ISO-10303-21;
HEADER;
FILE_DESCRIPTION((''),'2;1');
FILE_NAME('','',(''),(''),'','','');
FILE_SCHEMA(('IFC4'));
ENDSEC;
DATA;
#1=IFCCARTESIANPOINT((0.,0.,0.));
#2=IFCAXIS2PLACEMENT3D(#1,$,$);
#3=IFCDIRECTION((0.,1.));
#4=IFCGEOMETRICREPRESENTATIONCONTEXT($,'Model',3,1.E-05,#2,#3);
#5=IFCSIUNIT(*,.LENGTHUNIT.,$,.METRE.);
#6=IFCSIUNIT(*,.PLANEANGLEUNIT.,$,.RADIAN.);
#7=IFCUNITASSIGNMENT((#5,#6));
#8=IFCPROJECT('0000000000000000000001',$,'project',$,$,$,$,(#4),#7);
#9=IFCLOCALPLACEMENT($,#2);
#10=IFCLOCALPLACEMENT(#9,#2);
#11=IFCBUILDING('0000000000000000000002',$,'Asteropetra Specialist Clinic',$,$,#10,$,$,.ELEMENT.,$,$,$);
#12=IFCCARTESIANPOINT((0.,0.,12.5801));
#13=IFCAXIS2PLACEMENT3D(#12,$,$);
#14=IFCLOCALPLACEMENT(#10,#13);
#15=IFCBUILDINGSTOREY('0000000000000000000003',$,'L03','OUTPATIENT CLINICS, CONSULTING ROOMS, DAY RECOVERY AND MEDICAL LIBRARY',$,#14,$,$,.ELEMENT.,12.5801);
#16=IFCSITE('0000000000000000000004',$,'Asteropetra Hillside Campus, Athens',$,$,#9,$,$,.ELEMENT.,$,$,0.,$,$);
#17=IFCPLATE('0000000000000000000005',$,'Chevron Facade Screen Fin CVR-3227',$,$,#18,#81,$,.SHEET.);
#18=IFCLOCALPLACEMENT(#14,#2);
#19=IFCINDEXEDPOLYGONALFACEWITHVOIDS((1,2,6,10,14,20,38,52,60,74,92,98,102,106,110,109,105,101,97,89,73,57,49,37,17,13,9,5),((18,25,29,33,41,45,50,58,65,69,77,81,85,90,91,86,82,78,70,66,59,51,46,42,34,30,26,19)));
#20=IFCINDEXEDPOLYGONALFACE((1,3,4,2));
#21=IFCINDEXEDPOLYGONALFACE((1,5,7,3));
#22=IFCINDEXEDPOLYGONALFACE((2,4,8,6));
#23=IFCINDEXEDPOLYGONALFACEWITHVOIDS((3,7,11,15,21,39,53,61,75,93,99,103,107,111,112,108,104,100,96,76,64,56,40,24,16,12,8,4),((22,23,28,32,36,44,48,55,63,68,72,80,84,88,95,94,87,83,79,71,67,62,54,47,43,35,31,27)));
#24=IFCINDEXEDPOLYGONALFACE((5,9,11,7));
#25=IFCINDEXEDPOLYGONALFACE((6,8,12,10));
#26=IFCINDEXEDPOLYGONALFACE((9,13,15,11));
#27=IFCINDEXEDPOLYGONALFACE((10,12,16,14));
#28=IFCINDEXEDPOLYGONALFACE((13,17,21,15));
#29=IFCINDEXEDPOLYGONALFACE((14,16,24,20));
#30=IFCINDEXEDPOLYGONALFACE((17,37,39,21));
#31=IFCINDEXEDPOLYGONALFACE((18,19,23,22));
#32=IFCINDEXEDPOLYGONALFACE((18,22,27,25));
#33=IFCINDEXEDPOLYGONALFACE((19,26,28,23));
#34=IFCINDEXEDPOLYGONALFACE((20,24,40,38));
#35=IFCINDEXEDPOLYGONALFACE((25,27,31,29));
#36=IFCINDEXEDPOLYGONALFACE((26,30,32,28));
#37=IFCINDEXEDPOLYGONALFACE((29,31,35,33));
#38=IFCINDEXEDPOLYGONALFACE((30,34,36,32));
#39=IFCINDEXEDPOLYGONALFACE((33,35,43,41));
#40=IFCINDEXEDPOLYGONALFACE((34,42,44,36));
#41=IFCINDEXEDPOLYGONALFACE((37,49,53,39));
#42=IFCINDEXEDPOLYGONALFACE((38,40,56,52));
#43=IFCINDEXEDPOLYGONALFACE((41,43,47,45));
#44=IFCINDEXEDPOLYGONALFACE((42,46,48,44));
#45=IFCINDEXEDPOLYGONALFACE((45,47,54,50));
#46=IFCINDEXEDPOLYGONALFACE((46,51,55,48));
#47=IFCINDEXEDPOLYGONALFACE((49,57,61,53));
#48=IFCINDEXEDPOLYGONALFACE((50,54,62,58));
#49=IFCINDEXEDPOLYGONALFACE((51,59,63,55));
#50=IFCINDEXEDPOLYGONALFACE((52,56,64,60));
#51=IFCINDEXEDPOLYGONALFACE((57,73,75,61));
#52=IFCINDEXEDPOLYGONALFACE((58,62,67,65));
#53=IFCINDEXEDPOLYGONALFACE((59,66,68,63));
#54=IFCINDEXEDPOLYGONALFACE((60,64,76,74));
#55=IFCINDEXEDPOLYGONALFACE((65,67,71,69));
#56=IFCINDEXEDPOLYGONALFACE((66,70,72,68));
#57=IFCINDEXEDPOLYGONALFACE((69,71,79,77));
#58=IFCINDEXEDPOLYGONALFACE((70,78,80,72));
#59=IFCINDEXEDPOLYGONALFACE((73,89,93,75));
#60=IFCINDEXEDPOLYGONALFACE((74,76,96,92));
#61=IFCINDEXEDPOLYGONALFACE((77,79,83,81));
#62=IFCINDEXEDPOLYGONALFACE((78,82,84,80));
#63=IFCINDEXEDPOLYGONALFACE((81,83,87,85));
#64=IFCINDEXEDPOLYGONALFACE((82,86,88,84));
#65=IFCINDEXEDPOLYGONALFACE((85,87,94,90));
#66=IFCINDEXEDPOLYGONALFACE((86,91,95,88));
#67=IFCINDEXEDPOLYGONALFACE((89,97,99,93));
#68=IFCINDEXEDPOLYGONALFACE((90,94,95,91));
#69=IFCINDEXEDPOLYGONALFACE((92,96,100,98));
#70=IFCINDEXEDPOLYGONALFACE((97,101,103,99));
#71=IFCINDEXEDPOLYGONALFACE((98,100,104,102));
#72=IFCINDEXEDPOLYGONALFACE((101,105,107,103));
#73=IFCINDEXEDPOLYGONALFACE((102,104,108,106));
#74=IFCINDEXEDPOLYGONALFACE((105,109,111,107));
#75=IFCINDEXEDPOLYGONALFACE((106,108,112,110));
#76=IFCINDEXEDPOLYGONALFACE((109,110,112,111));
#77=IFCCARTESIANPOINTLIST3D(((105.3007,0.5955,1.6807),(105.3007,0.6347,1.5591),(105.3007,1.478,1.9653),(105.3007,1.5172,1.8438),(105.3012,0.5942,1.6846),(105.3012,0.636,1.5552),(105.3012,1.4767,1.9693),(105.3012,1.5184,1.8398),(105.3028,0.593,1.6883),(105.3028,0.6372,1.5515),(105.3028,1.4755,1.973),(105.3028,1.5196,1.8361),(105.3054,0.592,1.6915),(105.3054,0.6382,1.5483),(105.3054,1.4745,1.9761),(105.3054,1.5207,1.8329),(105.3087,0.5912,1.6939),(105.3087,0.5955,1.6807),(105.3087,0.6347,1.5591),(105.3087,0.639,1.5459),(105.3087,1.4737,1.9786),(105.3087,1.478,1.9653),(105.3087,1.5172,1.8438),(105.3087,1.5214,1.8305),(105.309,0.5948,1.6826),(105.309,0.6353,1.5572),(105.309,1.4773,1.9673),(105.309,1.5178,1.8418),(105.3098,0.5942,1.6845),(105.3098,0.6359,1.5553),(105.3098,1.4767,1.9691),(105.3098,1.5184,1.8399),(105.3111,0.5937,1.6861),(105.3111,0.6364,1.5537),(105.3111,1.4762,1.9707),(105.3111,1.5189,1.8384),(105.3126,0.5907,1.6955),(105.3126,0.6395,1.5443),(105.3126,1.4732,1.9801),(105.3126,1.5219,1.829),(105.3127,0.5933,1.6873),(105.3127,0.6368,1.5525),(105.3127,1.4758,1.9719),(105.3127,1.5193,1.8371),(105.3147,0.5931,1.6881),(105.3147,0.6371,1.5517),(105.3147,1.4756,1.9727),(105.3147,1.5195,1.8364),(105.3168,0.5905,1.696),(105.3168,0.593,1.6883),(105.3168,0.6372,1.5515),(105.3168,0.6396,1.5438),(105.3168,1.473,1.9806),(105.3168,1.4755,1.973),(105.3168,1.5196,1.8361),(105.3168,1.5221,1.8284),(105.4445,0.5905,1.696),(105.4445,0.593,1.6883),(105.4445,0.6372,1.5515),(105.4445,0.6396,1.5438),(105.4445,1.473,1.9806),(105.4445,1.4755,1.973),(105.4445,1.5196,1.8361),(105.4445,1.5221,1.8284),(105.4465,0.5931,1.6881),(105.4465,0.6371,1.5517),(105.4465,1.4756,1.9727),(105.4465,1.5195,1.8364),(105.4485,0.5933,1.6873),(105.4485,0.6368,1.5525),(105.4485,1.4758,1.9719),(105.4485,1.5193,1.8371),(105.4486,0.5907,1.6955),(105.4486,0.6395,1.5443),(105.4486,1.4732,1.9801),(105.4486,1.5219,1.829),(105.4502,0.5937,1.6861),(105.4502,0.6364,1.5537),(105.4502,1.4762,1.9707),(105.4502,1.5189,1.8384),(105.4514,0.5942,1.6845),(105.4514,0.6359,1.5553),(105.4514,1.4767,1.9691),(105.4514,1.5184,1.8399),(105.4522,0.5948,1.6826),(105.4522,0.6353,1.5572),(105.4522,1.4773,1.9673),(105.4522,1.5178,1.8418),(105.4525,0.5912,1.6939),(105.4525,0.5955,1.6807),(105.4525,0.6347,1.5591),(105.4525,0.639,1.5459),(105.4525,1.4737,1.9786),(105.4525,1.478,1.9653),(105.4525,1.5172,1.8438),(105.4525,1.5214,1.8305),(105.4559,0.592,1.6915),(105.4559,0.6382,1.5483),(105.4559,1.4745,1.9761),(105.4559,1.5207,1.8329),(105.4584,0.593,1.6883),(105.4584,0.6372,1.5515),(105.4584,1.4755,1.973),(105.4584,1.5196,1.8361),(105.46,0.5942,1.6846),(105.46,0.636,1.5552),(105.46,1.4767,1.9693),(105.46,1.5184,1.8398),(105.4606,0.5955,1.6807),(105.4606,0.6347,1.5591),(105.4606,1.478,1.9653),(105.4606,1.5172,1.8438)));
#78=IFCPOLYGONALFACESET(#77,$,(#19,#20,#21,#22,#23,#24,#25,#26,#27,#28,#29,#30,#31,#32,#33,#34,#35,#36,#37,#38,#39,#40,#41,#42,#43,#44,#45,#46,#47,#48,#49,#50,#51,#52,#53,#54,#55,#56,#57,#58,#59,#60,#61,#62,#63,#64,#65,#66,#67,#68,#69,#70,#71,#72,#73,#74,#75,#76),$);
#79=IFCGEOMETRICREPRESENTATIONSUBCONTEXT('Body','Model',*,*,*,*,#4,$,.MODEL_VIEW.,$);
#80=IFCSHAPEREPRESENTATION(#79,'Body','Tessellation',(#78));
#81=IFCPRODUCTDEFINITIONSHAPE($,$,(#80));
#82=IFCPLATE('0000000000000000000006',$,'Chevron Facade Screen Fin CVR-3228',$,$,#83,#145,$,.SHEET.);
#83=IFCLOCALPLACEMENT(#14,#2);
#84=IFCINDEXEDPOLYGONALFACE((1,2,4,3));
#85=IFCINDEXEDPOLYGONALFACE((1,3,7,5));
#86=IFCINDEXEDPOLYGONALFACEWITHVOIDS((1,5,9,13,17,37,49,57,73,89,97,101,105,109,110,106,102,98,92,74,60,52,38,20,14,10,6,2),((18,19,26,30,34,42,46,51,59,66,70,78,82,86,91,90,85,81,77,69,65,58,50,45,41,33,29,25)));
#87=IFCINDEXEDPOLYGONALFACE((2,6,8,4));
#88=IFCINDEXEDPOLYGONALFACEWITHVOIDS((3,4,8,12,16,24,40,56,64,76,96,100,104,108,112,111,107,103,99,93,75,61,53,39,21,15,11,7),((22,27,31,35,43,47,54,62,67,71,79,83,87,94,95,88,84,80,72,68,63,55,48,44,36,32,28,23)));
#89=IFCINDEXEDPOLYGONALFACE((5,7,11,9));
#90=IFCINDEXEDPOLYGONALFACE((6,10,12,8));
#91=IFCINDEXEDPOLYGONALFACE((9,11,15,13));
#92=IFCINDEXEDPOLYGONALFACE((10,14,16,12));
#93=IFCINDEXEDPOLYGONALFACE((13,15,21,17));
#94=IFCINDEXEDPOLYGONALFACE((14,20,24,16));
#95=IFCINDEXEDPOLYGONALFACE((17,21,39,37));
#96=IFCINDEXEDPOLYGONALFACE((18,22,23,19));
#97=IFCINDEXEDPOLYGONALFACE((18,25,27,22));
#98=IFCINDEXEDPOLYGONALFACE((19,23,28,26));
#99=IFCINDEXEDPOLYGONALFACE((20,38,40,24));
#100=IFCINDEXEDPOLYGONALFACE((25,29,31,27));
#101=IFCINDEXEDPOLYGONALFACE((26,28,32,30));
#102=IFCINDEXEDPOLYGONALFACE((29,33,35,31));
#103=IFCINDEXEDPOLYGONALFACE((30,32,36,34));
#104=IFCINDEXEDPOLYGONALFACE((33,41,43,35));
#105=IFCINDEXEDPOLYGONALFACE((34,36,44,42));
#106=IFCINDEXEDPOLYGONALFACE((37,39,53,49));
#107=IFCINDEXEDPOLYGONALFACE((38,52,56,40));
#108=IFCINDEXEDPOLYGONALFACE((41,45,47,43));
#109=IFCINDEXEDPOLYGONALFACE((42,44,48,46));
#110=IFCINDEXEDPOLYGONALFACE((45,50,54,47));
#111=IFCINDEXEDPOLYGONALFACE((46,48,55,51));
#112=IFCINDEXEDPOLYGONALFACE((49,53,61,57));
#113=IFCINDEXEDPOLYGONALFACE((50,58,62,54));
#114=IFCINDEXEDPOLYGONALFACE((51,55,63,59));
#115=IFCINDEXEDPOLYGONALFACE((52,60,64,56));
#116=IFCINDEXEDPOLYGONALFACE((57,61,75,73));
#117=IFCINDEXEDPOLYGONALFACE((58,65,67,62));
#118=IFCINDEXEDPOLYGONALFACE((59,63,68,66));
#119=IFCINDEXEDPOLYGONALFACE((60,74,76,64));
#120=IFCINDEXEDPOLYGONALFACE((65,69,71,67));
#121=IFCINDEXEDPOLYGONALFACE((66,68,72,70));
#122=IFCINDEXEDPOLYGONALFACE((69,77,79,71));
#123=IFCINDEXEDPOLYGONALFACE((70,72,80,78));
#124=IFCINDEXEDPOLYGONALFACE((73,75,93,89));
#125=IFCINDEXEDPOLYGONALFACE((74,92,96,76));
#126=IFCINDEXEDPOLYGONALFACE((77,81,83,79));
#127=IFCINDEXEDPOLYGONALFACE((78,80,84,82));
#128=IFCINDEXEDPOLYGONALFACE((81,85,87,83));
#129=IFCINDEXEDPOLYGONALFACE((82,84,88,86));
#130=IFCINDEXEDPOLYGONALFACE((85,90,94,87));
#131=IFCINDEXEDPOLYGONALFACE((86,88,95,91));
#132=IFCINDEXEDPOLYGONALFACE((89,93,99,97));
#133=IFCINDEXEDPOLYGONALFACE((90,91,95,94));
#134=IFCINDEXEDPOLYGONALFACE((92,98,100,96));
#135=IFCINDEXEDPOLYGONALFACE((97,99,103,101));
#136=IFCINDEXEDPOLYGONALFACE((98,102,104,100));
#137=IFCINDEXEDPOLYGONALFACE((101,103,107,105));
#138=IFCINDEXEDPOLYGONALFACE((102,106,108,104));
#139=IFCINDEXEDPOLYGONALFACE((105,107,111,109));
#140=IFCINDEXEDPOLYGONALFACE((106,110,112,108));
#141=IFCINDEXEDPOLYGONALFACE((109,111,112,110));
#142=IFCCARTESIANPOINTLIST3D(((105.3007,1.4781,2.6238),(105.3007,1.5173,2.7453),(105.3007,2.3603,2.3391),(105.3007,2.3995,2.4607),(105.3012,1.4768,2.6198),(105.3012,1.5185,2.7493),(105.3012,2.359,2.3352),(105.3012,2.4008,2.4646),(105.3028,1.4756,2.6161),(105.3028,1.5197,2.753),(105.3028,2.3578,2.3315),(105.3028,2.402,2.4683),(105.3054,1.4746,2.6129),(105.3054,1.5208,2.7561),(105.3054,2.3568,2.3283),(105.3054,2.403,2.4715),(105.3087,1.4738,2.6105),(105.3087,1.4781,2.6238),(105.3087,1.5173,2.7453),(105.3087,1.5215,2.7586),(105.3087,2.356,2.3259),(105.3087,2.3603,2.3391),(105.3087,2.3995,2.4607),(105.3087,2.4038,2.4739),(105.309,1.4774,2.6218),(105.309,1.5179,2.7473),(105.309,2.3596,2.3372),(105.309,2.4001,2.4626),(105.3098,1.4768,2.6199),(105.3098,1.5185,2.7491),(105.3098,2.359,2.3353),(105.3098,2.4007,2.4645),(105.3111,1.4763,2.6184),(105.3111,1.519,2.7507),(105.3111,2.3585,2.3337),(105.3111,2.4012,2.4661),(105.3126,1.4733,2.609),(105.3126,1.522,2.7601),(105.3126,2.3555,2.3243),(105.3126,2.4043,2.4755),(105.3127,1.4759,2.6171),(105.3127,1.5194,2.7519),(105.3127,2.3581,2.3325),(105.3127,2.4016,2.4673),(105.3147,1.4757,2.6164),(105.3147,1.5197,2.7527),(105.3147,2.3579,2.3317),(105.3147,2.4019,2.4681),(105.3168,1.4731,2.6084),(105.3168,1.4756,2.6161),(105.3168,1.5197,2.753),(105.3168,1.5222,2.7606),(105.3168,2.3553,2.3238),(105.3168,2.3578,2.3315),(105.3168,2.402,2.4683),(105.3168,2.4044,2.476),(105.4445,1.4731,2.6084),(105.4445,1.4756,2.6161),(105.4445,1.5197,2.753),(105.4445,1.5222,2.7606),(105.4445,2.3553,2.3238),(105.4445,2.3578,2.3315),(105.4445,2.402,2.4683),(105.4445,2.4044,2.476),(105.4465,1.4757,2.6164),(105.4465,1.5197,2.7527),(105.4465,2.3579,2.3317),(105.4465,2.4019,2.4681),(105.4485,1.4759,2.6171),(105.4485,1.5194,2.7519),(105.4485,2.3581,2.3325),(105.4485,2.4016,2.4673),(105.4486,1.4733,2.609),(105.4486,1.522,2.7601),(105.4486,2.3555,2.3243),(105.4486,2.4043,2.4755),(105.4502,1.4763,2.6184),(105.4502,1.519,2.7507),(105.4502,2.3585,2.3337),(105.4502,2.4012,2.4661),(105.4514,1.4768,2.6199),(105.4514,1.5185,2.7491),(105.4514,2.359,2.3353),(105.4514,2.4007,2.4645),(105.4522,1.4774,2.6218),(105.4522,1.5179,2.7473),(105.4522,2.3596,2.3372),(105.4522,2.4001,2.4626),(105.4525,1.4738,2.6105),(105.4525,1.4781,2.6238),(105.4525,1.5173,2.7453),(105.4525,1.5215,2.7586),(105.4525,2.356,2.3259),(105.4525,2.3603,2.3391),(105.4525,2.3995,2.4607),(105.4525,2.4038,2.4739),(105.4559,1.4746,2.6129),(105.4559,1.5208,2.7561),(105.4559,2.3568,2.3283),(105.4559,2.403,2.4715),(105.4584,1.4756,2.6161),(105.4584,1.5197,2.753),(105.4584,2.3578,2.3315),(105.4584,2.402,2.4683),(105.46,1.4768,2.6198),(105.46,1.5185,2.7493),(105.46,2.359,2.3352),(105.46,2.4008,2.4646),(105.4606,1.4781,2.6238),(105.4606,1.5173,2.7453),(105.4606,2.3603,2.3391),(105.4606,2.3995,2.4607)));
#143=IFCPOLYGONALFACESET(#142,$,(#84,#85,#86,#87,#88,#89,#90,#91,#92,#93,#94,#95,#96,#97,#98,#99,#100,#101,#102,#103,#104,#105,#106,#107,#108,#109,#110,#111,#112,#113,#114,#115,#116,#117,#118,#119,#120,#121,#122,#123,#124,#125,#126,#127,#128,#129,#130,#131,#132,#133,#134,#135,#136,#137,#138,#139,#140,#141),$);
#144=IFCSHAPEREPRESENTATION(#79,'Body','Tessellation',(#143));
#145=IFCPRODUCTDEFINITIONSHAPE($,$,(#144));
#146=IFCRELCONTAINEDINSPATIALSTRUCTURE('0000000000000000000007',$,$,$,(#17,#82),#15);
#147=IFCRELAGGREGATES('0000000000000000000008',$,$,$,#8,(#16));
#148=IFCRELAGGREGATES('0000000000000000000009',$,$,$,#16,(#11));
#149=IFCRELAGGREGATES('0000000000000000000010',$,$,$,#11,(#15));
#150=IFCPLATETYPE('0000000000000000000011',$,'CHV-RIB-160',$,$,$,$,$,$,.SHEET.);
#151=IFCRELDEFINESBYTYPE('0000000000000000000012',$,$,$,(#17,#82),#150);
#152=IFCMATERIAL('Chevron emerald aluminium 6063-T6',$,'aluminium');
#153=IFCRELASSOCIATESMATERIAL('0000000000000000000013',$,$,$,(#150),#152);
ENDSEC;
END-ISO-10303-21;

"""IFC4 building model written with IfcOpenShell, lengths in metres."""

from ifc_helpers import new_model, si_unit, direction, frame, origin, origin_2d, place, context, subcontext, project, spatial, hollow_rectangle, extrude, material, material_profile, profile_set, type_object, element, save


model = new_model("IFC4")

# Units and contexts
model_context = context("Model", 3, precision=1e-05, world=origin(), true_north=direction((0.0, 1.0)))
body_context = subcontext(model_context, "Body", "Model", "MODEL_VIEW")
ifc_project = project(units=[si_unit("LENGTHUNIT", "METRE"), si_unit("PLANEANGLEUNIT", "RADIAN")], contexts=[model_context])

# Site, building, storey
site_placement = place(None, origin())
site = spatial("IfcSite", under=ifc_project, at=site_placement, Name="Asteropetra Hillside Campus, Athens", CompositionType="ELEMENT", RefElevation=0.0)
building_placement = place(site_placement, origin())
building = spatial("IfcBuilding", under=site, at=building_placement, Name="Asteropetra Specialist Clinic", CompositionType="ELEMENT")
storey_placement = place(building_placement, frame((0.0, 0.0, 12.5801)))
storey = spatial("IfcBuildingStorey", under=building, at=storey_placement, Name="L03", Description="OUTPATIENT CLINICS, CONSULTING ROOMS, DAY RECOVERY AND MEDICAL LIBRARY", CompositionType="ELEMENT", Elevation=12.5801)

# Plates
ifc_material_1 = material(Name="Chevron emerald aluminium 6063-T6", Category="aluminium")
ifc_material_profile = material_profile(ifc_material_1, hollow_rectangle(XDim=0.1599, YDim=0.1599, WallThickness=0.0081, InnerFilletRadius=0.0081, OuterFilletRadius=0.0161, at=origin_2d()), Name="SHS 160x160x8.0")
ifc_profile_set = profile_set([ifc_material_profile], Name="Chevron emerald aluminium 6063-T6")
plate_type_1 = type_object("IfcPlateType", Name="CHV-RIB-160", PredefinedType="SHEET", material=ifc_profile_set)
plate_1_placement = place(storey_placement, frame((105.3806, 1.4976, 1.9045), z_axis=(0.0, -0.951719, -0.306972), x_axis=(1.0, 0.0, 0.0)))
element("IfcPlate", 1, at=plate_1_placement, inside=storey, type_object=plate_type_1, Name="Chevron Facade Screen Fin CVR-3227", PredefinedType="SHEET", context=body_context, shape_type="SweptSolid", body=[
    extrude(hollow_rectangle(XDim=0.1599, YDim=0.1599, WallThickness=0.0081, InnerFilletRadius=0.0081, OuterFilletRadius=0.0161, at=origin_2d()), origin(), (0.0, 0.0, 1.0), 0.9272),
])
plate_2_placement = place(storey_placement, frame((105.3806, 2.3799, 2.3999), z_axis=(0.0, -0.951694, 0.307049), x_axis=(1.0, 0.0, 0.0)))
element("IfcPlate", 2, at=plate_2_placement, inside=storey, type_object=plate_type_1, Name="Chevron Facade Screen Fin CVR-3228", PredefinedType="SHEET", context=body_context, shape_type="SweptSolid", body=[
    extrude(hollow_rectangle(XDim=0.1599, YDim=0.1599, WallThickness=0.0081, InnerFilletRadius=0.0081, OuterFilletRadius=0.0161, at=origin_2d()), origin(), (0.0, 0.0, 1.0), 0.927),
])

save(model, "model.ifc")
